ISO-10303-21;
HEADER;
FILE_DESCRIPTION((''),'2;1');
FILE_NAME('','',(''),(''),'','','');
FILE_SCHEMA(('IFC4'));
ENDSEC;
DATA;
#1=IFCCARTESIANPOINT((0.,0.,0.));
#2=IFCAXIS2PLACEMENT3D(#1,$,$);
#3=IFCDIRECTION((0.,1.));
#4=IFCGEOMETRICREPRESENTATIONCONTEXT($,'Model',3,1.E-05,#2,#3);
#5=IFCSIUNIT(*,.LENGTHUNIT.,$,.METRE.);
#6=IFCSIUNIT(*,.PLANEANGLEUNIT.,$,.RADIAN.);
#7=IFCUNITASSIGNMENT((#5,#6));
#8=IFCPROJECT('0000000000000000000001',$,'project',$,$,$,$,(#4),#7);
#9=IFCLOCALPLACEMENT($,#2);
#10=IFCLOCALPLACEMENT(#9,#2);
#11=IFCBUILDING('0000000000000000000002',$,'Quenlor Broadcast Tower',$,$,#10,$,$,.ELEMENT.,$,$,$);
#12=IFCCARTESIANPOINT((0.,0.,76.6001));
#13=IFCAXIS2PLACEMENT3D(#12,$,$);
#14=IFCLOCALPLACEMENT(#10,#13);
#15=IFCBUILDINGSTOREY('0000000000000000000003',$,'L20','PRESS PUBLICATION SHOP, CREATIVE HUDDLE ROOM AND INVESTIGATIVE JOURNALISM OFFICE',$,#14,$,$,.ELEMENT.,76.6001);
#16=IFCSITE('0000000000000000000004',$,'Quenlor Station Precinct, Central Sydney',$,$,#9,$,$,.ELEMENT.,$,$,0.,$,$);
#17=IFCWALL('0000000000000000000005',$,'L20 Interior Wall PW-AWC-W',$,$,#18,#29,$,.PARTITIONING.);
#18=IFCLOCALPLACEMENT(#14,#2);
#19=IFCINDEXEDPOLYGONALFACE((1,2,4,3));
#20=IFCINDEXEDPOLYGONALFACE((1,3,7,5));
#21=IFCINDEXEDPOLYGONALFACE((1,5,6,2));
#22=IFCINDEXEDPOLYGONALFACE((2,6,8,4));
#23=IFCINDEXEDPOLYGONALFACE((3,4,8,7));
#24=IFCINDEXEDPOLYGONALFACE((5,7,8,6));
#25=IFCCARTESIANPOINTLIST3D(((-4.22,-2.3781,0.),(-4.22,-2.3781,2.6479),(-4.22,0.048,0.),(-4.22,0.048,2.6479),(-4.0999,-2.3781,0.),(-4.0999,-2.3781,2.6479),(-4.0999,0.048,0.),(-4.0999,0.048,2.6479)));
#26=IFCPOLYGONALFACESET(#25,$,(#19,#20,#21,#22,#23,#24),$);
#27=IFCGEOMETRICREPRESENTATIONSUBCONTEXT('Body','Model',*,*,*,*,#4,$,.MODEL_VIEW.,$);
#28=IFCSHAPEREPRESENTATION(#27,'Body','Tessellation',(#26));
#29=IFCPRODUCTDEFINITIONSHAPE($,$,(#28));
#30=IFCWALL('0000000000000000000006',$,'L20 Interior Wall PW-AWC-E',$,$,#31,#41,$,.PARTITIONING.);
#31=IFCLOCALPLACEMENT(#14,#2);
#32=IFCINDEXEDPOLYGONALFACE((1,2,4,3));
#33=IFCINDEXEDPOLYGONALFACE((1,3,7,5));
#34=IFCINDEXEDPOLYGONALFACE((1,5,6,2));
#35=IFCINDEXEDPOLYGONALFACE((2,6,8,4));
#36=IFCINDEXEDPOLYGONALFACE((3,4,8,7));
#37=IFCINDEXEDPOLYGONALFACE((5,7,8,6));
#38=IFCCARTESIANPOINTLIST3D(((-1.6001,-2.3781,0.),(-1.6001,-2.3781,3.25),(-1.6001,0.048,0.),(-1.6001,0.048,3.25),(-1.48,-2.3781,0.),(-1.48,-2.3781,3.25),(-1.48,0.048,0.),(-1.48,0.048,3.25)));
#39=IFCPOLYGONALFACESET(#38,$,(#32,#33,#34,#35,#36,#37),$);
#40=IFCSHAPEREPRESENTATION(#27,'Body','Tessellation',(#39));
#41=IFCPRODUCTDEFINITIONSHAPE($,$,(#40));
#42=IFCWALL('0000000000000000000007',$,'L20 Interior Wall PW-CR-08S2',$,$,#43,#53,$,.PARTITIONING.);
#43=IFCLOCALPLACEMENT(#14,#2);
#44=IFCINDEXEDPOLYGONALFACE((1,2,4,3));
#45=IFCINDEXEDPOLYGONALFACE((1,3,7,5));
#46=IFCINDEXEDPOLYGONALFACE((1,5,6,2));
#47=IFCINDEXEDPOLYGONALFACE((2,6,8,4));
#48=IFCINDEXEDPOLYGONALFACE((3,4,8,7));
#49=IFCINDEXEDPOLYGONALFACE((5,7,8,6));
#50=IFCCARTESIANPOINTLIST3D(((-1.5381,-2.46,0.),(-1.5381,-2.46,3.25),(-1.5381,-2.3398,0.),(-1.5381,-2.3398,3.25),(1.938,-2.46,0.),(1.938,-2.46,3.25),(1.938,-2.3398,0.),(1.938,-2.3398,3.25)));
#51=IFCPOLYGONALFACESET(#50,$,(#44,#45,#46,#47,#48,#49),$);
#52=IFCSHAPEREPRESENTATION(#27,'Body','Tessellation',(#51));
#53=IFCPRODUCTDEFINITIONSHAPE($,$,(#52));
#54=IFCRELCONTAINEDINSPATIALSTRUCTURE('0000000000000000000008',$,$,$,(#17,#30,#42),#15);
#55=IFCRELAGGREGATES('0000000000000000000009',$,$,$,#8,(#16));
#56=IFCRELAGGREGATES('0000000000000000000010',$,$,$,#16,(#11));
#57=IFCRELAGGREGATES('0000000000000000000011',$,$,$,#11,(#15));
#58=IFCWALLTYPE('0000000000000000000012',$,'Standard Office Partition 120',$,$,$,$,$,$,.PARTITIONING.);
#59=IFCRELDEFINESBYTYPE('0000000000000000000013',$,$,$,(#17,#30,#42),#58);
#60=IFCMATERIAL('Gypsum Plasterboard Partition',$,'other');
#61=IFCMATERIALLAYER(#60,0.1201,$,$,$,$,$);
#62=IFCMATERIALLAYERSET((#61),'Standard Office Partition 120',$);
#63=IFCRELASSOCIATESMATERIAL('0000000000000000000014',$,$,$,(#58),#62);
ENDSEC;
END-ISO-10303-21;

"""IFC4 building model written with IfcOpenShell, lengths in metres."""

from ifc_helpers import new_model, si_unit, direction, frame, frame_2d, origin, place, context, subcontext, project, spatial, rectangle, extrude, material, layer, layer_set, type_object, element, save


model = new_model("IFC4")

# Units and contexts
model_context = context("Model", 3, precision=1e-05, world=origin(), true_north=direction((0.0, 1.0)))
body_context = subcontext(model_context, "Body", "Model", "MODEL_VIEW")
ifc_project = project(units=[si_unit("LENGTHUNIT", "METRE"), si_unit("PLANEANGLEUNIT", "RADIAN")], contexts=[model_context])

# Site, building, storey
site_placement = place(None, origin())
site = spatial("IfcSite", under=ifc_project, at=site_placement, Name="Quenlor Station Precinct, Central Sydney", CompositionType="ELEMENT", RefElevation=0.0)
building_placement = place(site_placement, origin())
building = spatial("IfcBuilding", under=site, at=building_placement, Name="Quenlor Broadcast Tower", CompositionType="ELEMENT")
storey_placement = place(building_placement, frame((0.0, 0.0, 76.6001)))
storey = spatial("IfcBuildingStorey", under=building, at=storey_placement, Name="L20", Description="PRESS PUBLICATION SHOP, CREATIVE HUDDLE ROOM AND INVESTIGATIVE JOURNALISM OFFICE", CompositionType="ELEMENT", Elevation=76.6001)

# Shared definitions
ifc_material_1 = material(Name="Gypsum Plasterboard Partition", Category="other")
ifc_layer_1 = layer(ifc_material_1, 0.1201)
ifc_layer_set_1 = layer_set([ifc_layer_1], Name="Standard Office Partition 120")
wall_type_1 = type_object("IfcWallType", Name="Standard Office Partition 120", PredefinedType="PARTITIONING", material=ifc_layer_set_1)

# Walls
wall_1_placement = place(storey_placement, frame((-4.1599, -2.3779, 0.0), z_axis=(0.0, 0.0, 1.0), x_axis=(0.0, 1.0, 0.0)))
element("IfcWall", 1, at=wall_1_placement, inside=storey, type_object=wall_type_1, Name="L20 Interior Wall PW-AWC-W", PredefinedType="PARTITIONING", context=body_context, shape_type="SweptSolid", body=[
    extrude(rectangle(XDim=2.426, YDim=0.1201, at=frame_2d((1.2129, 0.0))), origin(), (0.0, 0.0, 1.0), 2.6479),
])
wall_2_placement = place(storey_placement, frame((-1.54, -2.3779, 0.0), z_axis=(0.0, 0.0, 1.0), x_axis=(0.0, 1.0, 0.0)))
element("IfcWall", 2, at=wall_2_placement, inside=storey, type_object=wall_type_1, Name="L20 Interior Wall PW-AWC-E", PredefinedType="PARTITIONING", context=body_context, shape_type="SweptSolid", body=[
    extrude(rectangle(XDim=2.426, YDim=0.1201, at=frame_2d((1.2129, 0.0))), origin(), (0.0, 0.0, 1.0), 3.25),
])
wall_3_placement = place(storey_placement, frame((-1.5381, -2.3999, 0.0), z_axis=(0.0, 0.0, 1.0), x_axis=(1.0, 0.0, 0.0)))
element("IfcWall", 3, at=wall_3_placement, inside=storey, type_object=wall_type_1, Name="L20 Interior Wall PW-CR-08S2", PredefinedType="PARTITIONING", context=body_context, shape_type="SweptSolid", body=[
    extrude(rectangle(XDim=3.4761, YDim=0.1201, at=frame_2d((1.738, 0.0))), origin(), (0.0, 0.0, 1.0), 3.25),
])

save(model, "model.ifc")
